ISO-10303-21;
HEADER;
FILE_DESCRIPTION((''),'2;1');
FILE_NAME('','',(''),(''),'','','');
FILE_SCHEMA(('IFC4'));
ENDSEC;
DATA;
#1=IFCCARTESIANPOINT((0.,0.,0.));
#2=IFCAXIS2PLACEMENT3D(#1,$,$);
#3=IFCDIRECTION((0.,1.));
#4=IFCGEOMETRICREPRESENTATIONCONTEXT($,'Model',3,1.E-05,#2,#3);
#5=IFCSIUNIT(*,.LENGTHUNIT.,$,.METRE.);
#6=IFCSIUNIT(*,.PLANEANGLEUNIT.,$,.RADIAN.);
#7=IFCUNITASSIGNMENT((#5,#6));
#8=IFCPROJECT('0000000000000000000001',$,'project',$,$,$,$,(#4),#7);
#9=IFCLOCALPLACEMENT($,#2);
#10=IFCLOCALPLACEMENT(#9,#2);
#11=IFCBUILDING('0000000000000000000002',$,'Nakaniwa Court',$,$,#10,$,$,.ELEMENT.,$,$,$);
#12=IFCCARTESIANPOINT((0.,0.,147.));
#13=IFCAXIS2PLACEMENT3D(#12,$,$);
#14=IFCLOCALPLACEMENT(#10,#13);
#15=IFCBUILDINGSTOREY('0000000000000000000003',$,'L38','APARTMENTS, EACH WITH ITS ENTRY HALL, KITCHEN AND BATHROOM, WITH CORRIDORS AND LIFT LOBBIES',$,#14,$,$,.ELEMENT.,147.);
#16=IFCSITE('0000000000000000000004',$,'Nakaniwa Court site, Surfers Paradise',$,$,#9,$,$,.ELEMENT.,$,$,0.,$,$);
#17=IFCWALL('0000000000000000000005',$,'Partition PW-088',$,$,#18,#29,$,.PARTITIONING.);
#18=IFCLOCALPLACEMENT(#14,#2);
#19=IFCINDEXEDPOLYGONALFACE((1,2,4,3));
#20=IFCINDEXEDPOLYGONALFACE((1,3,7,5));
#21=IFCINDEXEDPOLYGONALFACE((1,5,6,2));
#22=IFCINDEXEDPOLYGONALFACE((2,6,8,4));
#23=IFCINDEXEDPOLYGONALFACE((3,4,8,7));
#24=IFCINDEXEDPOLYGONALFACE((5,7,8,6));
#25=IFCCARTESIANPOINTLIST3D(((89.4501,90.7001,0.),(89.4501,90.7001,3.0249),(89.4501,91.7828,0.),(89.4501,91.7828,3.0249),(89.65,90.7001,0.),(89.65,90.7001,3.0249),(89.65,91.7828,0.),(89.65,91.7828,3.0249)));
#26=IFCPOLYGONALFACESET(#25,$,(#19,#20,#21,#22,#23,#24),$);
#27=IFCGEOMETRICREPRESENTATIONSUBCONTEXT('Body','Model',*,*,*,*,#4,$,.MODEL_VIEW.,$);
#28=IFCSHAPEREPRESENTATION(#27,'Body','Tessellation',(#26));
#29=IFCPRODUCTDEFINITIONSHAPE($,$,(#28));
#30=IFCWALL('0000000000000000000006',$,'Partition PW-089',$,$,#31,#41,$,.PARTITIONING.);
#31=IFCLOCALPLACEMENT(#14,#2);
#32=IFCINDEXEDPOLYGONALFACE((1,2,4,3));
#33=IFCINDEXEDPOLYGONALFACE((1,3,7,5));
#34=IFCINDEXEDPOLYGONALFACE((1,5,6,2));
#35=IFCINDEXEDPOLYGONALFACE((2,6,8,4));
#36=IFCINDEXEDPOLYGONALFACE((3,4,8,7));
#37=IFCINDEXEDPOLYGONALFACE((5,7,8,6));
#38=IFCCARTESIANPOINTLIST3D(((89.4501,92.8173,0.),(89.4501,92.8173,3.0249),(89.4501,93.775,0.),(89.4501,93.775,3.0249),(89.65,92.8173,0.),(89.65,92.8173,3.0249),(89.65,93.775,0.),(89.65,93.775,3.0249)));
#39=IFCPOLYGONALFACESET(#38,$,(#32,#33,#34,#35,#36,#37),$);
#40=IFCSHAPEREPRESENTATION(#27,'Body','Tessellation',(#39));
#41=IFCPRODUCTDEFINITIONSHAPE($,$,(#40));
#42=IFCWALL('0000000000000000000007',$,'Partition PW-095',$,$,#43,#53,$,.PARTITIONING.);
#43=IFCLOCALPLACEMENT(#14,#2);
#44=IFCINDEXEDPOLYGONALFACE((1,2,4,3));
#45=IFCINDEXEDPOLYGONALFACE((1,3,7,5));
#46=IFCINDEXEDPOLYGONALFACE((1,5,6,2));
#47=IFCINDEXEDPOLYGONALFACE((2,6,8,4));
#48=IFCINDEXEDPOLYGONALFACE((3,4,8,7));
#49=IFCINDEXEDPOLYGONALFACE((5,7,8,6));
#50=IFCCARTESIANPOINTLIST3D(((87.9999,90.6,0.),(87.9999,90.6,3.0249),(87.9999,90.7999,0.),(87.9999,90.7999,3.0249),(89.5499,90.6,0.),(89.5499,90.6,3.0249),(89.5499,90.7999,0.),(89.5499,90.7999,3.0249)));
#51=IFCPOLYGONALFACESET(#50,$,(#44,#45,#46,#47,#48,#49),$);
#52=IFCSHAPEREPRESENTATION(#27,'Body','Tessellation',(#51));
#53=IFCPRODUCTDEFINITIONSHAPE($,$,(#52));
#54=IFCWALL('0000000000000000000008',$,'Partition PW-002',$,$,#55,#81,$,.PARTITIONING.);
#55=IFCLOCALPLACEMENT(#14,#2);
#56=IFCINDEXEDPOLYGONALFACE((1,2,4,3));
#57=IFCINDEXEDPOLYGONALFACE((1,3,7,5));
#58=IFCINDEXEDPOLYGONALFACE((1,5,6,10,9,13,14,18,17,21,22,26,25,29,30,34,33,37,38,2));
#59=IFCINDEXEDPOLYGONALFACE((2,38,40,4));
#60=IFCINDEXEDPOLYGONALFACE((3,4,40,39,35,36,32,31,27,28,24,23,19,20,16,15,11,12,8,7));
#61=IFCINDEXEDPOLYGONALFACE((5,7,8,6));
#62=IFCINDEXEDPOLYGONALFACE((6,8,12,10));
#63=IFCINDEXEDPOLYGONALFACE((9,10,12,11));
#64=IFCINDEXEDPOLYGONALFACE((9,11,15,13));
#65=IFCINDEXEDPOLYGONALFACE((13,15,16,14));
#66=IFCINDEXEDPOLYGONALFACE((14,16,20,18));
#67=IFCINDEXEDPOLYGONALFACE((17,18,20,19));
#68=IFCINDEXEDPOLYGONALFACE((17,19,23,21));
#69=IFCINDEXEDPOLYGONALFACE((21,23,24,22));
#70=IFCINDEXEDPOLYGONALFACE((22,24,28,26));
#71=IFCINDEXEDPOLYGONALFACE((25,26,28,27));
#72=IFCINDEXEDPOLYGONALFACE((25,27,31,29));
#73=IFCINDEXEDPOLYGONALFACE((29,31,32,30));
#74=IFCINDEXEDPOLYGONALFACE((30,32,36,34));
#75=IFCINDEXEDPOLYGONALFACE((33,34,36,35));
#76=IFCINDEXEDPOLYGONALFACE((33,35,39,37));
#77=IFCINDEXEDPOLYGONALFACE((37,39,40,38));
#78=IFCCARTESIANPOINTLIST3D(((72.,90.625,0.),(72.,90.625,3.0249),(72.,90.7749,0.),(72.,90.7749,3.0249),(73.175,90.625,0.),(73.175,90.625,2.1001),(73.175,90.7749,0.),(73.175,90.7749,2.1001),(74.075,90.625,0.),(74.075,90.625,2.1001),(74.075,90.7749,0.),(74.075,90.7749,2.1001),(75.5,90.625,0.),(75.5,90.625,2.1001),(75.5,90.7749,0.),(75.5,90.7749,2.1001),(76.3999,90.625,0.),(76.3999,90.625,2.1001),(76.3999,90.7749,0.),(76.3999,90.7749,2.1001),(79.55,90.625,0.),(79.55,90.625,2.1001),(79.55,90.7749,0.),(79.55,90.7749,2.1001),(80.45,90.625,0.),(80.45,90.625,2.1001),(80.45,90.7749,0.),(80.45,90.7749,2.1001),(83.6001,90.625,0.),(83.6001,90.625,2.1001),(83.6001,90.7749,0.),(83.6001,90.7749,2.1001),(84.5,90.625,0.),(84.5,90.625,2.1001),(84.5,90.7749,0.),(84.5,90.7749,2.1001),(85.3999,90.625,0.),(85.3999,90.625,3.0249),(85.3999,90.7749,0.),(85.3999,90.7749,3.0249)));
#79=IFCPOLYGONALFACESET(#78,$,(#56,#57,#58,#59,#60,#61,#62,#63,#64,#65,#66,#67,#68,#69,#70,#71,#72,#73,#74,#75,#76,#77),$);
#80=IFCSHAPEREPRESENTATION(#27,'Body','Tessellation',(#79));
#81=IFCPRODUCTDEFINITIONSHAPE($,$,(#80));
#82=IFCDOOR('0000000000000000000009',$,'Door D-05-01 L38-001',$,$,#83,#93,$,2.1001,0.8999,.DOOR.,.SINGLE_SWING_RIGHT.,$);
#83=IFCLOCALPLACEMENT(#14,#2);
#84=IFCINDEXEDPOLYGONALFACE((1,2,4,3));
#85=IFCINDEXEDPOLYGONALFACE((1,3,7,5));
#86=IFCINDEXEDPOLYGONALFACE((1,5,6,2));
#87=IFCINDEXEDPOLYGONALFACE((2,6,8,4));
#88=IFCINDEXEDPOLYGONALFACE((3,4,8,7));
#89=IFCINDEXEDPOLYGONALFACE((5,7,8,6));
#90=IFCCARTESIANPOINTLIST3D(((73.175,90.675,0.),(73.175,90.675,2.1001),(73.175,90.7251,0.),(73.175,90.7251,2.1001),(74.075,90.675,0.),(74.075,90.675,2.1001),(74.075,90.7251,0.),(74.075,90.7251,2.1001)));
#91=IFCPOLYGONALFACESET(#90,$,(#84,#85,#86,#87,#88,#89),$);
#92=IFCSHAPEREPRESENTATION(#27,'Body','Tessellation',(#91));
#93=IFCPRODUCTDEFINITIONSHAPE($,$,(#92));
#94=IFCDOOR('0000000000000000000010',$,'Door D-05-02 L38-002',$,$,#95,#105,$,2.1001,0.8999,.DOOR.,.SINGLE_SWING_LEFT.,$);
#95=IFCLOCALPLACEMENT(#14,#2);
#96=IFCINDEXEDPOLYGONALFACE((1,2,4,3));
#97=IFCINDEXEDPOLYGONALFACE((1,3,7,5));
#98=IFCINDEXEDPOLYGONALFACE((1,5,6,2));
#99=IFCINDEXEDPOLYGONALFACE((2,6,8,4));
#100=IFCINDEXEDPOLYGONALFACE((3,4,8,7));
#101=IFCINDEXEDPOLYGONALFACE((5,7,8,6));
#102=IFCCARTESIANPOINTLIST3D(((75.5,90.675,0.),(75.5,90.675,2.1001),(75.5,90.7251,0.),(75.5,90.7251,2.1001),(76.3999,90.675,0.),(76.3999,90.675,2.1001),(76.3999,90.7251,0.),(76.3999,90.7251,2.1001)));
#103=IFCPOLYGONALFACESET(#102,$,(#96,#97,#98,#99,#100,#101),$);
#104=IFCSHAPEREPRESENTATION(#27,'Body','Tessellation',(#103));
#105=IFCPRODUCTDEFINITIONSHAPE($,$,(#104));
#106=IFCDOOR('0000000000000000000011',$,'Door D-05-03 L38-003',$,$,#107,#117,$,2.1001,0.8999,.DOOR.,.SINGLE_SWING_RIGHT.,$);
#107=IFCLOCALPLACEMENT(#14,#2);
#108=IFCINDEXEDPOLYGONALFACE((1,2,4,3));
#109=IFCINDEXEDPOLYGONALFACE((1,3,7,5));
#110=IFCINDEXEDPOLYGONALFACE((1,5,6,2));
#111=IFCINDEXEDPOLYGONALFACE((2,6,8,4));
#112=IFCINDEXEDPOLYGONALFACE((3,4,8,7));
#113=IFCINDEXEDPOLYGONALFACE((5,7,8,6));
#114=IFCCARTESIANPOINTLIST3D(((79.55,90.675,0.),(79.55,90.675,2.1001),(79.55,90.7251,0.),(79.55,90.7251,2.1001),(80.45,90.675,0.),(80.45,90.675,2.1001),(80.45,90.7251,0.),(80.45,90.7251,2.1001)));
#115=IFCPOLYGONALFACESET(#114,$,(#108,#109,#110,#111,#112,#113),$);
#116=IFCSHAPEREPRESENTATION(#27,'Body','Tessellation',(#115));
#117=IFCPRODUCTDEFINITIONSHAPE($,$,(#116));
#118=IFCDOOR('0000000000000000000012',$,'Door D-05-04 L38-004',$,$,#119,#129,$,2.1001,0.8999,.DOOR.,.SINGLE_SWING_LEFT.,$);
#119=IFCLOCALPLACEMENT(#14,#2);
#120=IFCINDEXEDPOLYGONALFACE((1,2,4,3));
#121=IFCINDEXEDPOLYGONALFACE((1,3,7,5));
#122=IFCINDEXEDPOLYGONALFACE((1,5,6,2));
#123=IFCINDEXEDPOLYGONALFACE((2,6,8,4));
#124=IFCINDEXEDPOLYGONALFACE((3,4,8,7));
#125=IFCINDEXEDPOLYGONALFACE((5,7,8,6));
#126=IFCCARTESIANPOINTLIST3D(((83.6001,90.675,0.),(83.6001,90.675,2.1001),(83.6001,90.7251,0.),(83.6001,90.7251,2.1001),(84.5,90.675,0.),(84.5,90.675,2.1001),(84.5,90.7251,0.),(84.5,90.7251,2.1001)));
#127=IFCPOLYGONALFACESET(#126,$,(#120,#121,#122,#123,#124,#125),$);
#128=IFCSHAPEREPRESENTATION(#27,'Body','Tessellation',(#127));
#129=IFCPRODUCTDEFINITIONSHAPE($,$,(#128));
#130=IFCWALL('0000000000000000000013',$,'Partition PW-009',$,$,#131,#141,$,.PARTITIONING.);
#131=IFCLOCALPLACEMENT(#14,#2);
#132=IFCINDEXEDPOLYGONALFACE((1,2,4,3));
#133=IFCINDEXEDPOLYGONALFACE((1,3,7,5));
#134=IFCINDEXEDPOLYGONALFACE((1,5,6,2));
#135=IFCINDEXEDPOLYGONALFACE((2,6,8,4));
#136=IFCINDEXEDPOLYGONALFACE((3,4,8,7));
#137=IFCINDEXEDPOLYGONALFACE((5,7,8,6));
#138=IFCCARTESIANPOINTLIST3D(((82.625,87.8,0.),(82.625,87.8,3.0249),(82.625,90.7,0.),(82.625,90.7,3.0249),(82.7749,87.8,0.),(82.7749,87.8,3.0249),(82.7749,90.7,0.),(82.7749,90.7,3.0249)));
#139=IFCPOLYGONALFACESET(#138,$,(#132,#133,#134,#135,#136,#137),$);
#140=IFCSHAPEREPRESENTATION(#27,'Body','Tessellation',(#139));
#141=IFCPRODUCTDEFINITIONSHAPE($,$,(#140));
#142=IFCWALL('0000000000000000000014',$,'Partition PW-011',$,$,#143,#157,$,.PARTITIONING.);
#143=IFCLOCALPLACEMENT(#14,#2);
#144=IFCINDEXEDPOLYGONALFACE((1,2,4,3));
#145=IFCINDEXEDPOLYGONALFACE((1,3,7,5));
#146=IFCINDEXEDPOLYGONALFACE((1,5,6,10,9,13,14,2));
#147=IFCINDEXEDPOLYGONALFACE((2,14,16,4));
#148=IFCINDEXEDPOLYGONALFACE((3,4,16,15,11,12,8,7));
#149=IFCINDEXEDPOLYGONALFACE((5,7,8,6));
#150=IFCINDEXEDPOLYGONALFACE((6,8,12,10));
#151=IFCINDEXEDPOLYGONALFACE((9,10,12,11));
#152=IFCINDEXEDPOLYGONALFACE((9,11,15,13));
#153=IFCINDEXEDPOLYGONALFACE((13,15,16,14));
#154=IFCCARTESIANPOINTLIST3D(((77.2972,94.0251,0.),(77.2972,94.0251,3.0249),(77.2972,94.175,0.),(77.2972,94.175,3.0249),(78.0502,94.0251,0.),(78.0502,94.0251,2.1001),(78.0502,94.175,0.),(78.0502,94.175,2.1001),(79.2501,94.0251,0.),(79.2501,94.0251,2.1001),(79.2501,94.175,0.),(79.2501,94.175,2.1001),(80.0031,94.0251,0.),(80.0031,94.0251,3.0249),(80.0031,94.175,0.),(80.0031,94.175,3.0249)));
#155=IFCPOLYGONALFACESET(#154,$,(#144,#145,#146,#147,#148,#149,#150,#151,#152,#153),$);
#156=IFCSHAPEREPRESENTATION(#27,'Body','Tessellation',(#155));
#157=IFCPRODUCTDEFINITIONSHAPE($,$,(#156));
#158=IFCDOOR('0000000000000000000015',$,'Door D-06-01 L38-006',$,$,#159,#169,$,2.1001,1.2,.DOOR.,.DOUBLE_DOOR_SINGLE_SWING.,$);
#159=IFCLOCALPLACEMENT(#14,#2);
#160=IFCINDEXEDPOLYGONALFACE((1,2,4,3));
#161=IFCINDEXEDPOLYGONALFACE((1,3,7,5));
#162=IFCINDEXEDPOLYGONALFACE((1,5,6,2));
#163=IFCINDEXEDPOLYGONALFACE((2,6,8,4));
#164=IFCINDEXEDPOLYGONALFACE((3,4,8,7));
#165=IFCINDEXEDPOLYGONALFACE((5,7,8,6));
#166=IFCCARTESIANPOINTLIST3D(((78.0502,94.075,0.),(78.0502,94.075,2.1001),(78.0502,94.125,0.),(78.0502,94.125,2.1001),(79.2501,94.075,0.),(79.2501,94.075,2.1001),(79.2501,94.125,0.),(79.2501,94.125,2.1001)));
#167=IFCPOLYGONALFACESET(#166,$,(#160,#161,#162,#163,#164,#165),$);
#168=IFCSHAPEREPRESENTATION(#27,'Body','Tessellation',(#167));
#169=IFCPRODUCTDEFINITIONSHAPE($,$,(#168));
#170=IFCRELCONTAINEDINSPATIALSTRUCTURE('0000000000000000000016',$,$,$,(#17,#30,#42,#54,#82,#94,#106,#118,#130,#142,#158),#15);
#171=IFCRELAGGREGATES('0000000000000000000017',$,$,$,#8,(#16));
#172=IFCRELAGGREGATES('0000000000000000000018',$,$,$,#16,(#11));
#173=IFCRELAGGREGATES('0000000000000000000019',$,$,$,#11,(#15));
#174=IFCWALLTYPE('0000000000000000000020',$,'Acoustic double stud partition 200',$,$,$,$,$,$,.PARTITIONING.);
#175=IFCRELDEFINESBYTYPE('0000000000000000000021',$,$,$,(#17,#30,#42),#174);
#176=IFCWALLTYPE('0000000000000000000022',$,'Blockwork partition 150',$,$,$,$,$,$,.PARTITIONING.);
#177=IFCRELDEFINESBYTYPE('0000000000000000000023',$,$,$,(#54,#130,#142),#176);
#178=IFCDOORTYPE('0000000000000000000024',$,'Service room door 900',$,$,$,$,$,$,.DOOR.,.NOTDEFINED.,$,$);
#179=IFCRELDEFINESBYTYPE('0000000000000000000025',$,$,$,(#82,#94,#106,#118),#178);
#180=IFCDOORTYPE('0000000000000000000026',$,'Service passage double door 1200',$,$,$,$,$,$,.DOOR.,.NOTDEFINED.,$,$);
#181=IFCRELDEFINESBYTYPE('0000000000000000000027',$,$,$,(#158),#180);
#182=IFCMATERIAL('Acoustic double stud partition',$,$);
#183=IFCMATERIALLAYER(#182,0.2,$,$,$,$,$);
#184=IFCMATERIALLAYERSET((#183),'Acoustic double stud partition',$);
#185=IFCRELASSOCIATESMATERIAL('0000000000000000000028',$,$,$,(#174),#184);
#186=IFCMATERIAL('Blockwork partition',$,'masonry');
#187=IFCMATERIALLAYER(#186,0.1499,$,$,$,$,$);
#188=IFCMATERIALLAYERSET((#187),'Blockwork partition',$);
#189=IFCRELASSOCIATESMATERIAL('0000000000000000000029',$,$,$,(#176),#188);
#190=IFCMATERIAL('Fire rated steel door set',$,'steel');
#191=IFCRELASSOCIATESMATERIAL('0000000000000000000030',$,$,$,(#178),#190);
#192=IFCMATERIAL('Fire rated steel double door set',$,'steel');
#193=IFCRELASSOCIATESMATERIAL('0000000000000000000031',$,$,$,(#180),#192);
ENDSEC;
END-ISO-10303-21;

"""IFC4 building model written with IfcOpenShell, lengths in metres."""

from ifc_helpers import new_model, si_unit, direction, frame, frame_2d, origin, place, context, subcontext, project, spatial, rectangle, extrude, material, layer, layer_set, type_object, element, fill, save


model = new_model("IFC4")

# Units and contexts
model_context = context("Model", 3, precision=1e-05, world=origin(), true_north=direction((0.0, 1.0)))
body_context = subcontext(model_context, "Body", "Model", "MODEL_VIEW")
ifc_project = project(units=[si_unit("LENGTHUNIT", "METRE"), si_unit("PLANEANGLEUNIT", "RADIAN")], contexts=[model_context])

# Site, building, storey
site_placement = place(None, origin())
site = spatial("IfcSite", under=ifc_project, at=site_placement, Name="Nakaniwa Court site, Surfers Paradise", CompositionType="ELEMENT", RefElevation=0.0)
building_placement = place(site_placement, origin())
building = spatial("IfcBuilding", under=site, at=building_placement, Name="Nakaniwa Court", CompositionType="ELEMENT")
storey_placement = place(building_placement, frame((0.0, 0.0, 147.0)))
storey = spatial("IfcBuildingStorey", under=building, at=storey_placement, Name="L38", Description="APARTMENTS, EACH WITH ITS ENTRY HALL, KITCHEN AND BATHROOM, WITH CORRIDORS AND LIFT LOBBIES", CompositionType="ELEMENT", Elevation=147.0)

# Walls
ifc_material_1 = material(Name="Acoustic double stud partition")
ifc_layer_1 = layer(ifc_material_1, 0.2)
ifc_layer_set_1 = layer_set([ifc_layer_1], Name="Acoustic double stud partition")
wall_type_1 = type_object("IfcWallType", Name="Acoustic double stud partition 200", PredefinedType="PARTITIONING", material=ifc_layer_set_1)
wall_1_placement = place(storey_placement, frame((89.55, 90.7, 0.0), z_axis=(0.0, 0.0, 1.0), x_axis=(0.0, 1.0, 0.0)))
element("IfcWall", 1, at=wall_1_placement, inside=storey, type_object=wall_type_1, Name="Partition PW-088", PredefinedType="PARTITIONING", context=body_context, shape_type="SweptSolid", body=[
    extrude(rectangle(XDim=1.0828, YDim=0.2, at=frame_2d((0.5415, 0.0))), origin(), (0.0, 0.0, 1.0), 3.0249),
])
wall_2_placement = place(storey_placement, frame((89.55, 92.8171, 0.0), z_axis=(0.0, 0.0, 1.0), x_axis=(0.0, 1.0, 0.0)))
element("IfcWall", 2, at=wall_2_placement, inside=storey, type_object=wall_type_1, Name="Partition PW-089", PredefinedType="PARTITIONING", context=body_context, shape_type="SweptSolid", body=[
    extrude(rectangle(XDim=0.9578, YDim=0.2, at=frame_2d((0.479, 0.0))), origin(), (0.0, 0.0, 1.0), 3.0249),
])
wall_3_placement = place(storey_placement, frame((88.0, 90.7, 0.0), z_axis=(0.0, 0.0, 1.0), x_axis=(1.0, 0.0, 0.0)))
element("IfcWall", 3, at=wall_3_placement, inside=storey, type_object=wall_type_1, Name="Partition PW-095", PredefinedType="PARTITIONING", context=body_context, shape_type="SweptSolid", body=[
    extrude(rectangle(XDim=1.55, YDim=0.2, at=frame_2d((0.7749, 0.0))), origin(), (0.0, 0.0, 1.0), 3.0249),
])

# Wall, openings, doors
ifc_material_2 = material(Name="Blockwork partition", Category="masonry")
ifc_layer_2 = layer(ifc_material_2, 0.1499)
ifc_layer_set_2 = layer_set([ifc_layer_2], Name="Blockwork partition")
wall_type_2 = type_object("IfcWallType", Name="Blockwork partition 150", PredefinedType="PARTITIONING", material=ifc_layer_set_2)
wall_4_placement = place(storey_placement, frame((85.3999, 90.7, 0.0), z_axis=(0.0, 0.0, 1.0), x_axis=(-1.0, 0.0, 0.0)))
wall_4 = element("IfcWall", 4, at=wall_4_placement, inside=storey, type_object=wall_type_2, Name="Partition PW-002", PredefinedType="PARTITIONING", context=body_context, shape_type="SweptSolid", body=[
    extrude(rectangle(XDim=13.3999, YDim=0.1499, at=frame_2d((6.7, 0.0))), origin(), (0.0, 0.0, 1.0), 3.0249),
])
opening_1_placement = place(wall_4_placement, frame((11.325, 0.0, 0.0)))
opening_1 = element("IfcOpeningElement", 5, at=opening_1_placement, cuts=wall_4, PredefinedType="OPENING", context=body_context, shape_type="SweptSolid", body=[
    extrude(rectangle(XDim=0.8999, YDim=2.1001, at=frame_2d((0.45, 1.05))), frame((0.0, 0.085, 0.0), z_axis=(0.0, -1.0, 0.0), x_axis=(1.0, 0.0, 0.0)), (0.0, 0.0, 1.0), 0.1699),
])
opening_2_placement = place(wall_4_placement, frame((9.0, 0.0, 0.0)))
opening_2 = element("IfcOpeningElement", 6, at=opening_2_placement, cuts=wall_4, PredefinedType="OPENING", context=body_context, shape_type="SweptSolid", body=[
    extrude(rectangle(XDim=0.8999, YDim=2.1001, at=frame_2d((0.45, 1.05))), frame((0.0, 0.085, 0.0), z_axis=(0.0, -1.0, 0.0), x_axis=(1.0, 0.0, 0.0)), (0.0, 0.0, 1.0), 0.1699),
])
opening_3_placement = place(wall_4_placement, frame((4.95, 0.0, 0.0)))
opening_3 = element("IfcOpeningElement", 7, at=opening_3_placement, cuts=wall_4, PredefinedType="OPENING", context=body_context, shape_type="SweptSolid", body=[
    extrude(rectangle(XDim=0.8999, YDim=2.1001, at=frame_2d((0.45, 1.05))), frame((0.0, 0.085, 0.0), z_axis=(0.0, -1.0, 0.0), x_axis=(1.0, 0.0, 0.0)), (0.0, 0.0, 1.0), 0.1699),
])
opening_4_placement = place(wall_4_placement, frame((0.8999, 0.0, 0.0)))
opening_4 = element("IfcOpeningElement", 8, at=opening_4_placement, cuts=wall_4, PredefinedType="OPENING", context=body_context, shape_type="SweptSolid", body=[
    extrude(rectangle(XDim=0.8999, YDim=2.1001, at=frame_2d((0.45, 1.05))), frame((0.0, 0.085, 0.0), z_axis=(0.0, -1.0, 0.0), x_axis=(1.0, 0.0, 0.0)), (0.0, 0.0, 1.0), 0.1699),
])
ifc_material_3 = material(Name="Fire rated steel door set", Category="steel")
door_type_1 = type_object("IfcDoorType", Name="Service room door 900", OperationType="NOTDEFINED", PredefinedType="DOOR", material=ifc_material_3)
door_1_placement = place(opening_1_placement, origin())
door_1 = element("IfcDoor", 9, at=door_1_placement, inside=storey, type_object=door_type_1, Name="Door D-05-01 L38-001", OperationType="SINGLE_SWING_RIGHT", OverallHeight=2.1001, OverallWidth=0.8999, PredefinedType="DOOR", context=body_context, shape_type="SweptSolid", body=[
    extrude(rectangle(XDim=0.8999, YDim=2.1001, at=frame_2d((0.45, 1.05))), frame((0.0, 0.0249, 0.0), z_axis=(0.0, -1.0, 0.0), x_axis=(1.0, 0.0, 0.0)), (0.0, 0.0, 1.0), 0.05),
])
fill(opening_1, door_1)
door_2_placement = place(opening_2_placement, origin())
door_2 = element("IfcDoor", 10, at=door_2_placement, inside=storey, type_object=door_type_1, Name="Door D-05-02 L38-002", OperationType="SINGLE_SWING_LEFT", OverallHeight=2.1001, OverallWidth=0.8999, PredefinedType="DOOR", context=body_context, shape_type="SweptSolid", body=[
    extrude(rectangle(XDim=0.8999, YDim=2.1001, at=frame_2d((0.45, 1.05))), frame((0.0, 0.0249, 0.0), z_axis=(0.0, -1.0, 0.0), x_axis=(1.0, 0.0, 0.0)), (0.0, 0.0, 1.0), 0.05),
])
fill(opening_2, door_2)
door_3_placement = place(opening_3_placement, origin())
door_3 = element("IfcDoor", 11, at=door_3_placement, inside=storey, type_object=door_type_1, Name="Door D-05-03 L38-003", OperationType="SINGLE_SWING_RIGHT", OverallHeight=2.1001, OverallWidth=0.8999, PredefinedType="DOOR", context=body_context, shape_type="SweptSolid", body=[
    extrude(rectangle(XDim=0.8999, YDim=2.1001, at=frame_2d((0.45, 1.05))), frame((0.0, 0.0249, 0.0), z_axis=(0.0, -1.0, 0.0), x_axis=(1.0, 0.0, 0.0)), (0.0, 0.0, 1.0), 0.05),
])
fill(opening_3, door_3)
door_4_placement = place(opening_4_placement, origin())
door_4 = element("IfcDoor", 12, at=door_4_placement, inside=storey, type_object=door_type_1, Name="Door D-05-04 L38-004", OperationType="SINGLE_SWING_LEFT", OverallHeight=2.1001, OverallWidth=0.8999, PredefinedType="DOOR", context=body_context, shape_type="SweptSolid", body=[
    extrude(rectangle(XDim=0.8999, YDim=2.1001, at=frame_2d((0.45, 1.05))), frame((0.0, 0.0249, 0.0), z_axis=(0.0, -1.0, 0.0), x_axis=(1.0, 0.0, 0.0)), (0.0, 0.0, 1.0), 0.05),
])
fill(opening_4, door_4)

# Wall
wall_5_placement = place(storey_placement, frame((82.7, 87.8, 0.0), z_axis=(0.0, 0.0, 1.0), x_axis=(0.0, 1.0, 0.0)))
element("IfcWall", 13, at=wall_5_placement, inside=storey, type_object=wall_type_2, Name="Partition PW-009", PredefinedType="PARTITIONING", context=body_context, shape_type="SweptSolid", body=[
    extrude(rectangle(XDim=2.8999, YDim=0.1499, at=frame_2d((1.45, 0.0))), origin(), (0.0, 0.0, 1.0), 3.0249),
])

# Wall, opening, door
wall_6_placement = place(storey_placement, frame((77.2971, 94.1001, 0.0), z_axis=(0.0, 0.0, 1.0), x_axis=(1.0, 0.0, 0.0)))
wall_6 = element("IfcWall", 14, at=wall_6_placement, inside=storey, type_object=wall_type_2, Name="Partition PW-011", PredefinedType="PARTITIONING", context=body_context, shape_type="SweptSolid", body=[
    extrude(rectangle(XDim=2.7058, YDim=0.1499, at=frame_2d((1.353, 0.0))), origin(), (0.0, 0.0, 1.0), 3.0249),
])
opening_5_placement = place(wall_6_placement, frame((0.7529, 0.0, 0.0)))
opening_5 = element("IfcOpeningElement", 15, at=opening_5_placement, cuts=wall_6, PredefinedType="OPENING", context=body_context, shape_type="SweptSolid", body=[
    extrude(rectangle(XDim=1.2, YDim=2.1001, at=frame_2d((0.6001, 1.05))), frame((0.0, 0.085, 0.0), z_axis=(0.0, -1.0, 0.0), x_axis=(1.0, 0.0, 0.0)), (0.0, 0.0, 1.0), 0.1699),
])
ifc_material_4 = material(Name="Fire rated steel double door set", Category="steel")
door_type_2 = type_object("IfcDoorType", Name="Service passage double door 1200", OperationType="NOTDEFINED", PredefinedType="DOOR", material=ifc_material_4)
door_5_placement = place(opening_5_placement, origin())
door_5 = element("IfcDoor", 16, at=door_5_placement, inside=storey, type_object=door_type_2, Name="Door D-06-01 L38-006", OperationType="DOUBLE_DOOR_SINGLE_SWING", OverallHeight=2.1001, OverallWidth=1.2, PredefinedType="DOOR", context=body_context, shape_type="SweptSolid", body=[
    extrude(rectangle(XDim=1.2, YDim=2.1001, at=frame_2d((0.6001, 1.05))), frame((0.0, 0.0249, 0.0), z_axis=(0.0, -1.0, 0.0), x_axis=(1.0, 0.0, 0.0)), (0.0, 0.0, 1.0), 0.05),
])
fill(opening_5, door_5)

save(model, "model.ifc")
